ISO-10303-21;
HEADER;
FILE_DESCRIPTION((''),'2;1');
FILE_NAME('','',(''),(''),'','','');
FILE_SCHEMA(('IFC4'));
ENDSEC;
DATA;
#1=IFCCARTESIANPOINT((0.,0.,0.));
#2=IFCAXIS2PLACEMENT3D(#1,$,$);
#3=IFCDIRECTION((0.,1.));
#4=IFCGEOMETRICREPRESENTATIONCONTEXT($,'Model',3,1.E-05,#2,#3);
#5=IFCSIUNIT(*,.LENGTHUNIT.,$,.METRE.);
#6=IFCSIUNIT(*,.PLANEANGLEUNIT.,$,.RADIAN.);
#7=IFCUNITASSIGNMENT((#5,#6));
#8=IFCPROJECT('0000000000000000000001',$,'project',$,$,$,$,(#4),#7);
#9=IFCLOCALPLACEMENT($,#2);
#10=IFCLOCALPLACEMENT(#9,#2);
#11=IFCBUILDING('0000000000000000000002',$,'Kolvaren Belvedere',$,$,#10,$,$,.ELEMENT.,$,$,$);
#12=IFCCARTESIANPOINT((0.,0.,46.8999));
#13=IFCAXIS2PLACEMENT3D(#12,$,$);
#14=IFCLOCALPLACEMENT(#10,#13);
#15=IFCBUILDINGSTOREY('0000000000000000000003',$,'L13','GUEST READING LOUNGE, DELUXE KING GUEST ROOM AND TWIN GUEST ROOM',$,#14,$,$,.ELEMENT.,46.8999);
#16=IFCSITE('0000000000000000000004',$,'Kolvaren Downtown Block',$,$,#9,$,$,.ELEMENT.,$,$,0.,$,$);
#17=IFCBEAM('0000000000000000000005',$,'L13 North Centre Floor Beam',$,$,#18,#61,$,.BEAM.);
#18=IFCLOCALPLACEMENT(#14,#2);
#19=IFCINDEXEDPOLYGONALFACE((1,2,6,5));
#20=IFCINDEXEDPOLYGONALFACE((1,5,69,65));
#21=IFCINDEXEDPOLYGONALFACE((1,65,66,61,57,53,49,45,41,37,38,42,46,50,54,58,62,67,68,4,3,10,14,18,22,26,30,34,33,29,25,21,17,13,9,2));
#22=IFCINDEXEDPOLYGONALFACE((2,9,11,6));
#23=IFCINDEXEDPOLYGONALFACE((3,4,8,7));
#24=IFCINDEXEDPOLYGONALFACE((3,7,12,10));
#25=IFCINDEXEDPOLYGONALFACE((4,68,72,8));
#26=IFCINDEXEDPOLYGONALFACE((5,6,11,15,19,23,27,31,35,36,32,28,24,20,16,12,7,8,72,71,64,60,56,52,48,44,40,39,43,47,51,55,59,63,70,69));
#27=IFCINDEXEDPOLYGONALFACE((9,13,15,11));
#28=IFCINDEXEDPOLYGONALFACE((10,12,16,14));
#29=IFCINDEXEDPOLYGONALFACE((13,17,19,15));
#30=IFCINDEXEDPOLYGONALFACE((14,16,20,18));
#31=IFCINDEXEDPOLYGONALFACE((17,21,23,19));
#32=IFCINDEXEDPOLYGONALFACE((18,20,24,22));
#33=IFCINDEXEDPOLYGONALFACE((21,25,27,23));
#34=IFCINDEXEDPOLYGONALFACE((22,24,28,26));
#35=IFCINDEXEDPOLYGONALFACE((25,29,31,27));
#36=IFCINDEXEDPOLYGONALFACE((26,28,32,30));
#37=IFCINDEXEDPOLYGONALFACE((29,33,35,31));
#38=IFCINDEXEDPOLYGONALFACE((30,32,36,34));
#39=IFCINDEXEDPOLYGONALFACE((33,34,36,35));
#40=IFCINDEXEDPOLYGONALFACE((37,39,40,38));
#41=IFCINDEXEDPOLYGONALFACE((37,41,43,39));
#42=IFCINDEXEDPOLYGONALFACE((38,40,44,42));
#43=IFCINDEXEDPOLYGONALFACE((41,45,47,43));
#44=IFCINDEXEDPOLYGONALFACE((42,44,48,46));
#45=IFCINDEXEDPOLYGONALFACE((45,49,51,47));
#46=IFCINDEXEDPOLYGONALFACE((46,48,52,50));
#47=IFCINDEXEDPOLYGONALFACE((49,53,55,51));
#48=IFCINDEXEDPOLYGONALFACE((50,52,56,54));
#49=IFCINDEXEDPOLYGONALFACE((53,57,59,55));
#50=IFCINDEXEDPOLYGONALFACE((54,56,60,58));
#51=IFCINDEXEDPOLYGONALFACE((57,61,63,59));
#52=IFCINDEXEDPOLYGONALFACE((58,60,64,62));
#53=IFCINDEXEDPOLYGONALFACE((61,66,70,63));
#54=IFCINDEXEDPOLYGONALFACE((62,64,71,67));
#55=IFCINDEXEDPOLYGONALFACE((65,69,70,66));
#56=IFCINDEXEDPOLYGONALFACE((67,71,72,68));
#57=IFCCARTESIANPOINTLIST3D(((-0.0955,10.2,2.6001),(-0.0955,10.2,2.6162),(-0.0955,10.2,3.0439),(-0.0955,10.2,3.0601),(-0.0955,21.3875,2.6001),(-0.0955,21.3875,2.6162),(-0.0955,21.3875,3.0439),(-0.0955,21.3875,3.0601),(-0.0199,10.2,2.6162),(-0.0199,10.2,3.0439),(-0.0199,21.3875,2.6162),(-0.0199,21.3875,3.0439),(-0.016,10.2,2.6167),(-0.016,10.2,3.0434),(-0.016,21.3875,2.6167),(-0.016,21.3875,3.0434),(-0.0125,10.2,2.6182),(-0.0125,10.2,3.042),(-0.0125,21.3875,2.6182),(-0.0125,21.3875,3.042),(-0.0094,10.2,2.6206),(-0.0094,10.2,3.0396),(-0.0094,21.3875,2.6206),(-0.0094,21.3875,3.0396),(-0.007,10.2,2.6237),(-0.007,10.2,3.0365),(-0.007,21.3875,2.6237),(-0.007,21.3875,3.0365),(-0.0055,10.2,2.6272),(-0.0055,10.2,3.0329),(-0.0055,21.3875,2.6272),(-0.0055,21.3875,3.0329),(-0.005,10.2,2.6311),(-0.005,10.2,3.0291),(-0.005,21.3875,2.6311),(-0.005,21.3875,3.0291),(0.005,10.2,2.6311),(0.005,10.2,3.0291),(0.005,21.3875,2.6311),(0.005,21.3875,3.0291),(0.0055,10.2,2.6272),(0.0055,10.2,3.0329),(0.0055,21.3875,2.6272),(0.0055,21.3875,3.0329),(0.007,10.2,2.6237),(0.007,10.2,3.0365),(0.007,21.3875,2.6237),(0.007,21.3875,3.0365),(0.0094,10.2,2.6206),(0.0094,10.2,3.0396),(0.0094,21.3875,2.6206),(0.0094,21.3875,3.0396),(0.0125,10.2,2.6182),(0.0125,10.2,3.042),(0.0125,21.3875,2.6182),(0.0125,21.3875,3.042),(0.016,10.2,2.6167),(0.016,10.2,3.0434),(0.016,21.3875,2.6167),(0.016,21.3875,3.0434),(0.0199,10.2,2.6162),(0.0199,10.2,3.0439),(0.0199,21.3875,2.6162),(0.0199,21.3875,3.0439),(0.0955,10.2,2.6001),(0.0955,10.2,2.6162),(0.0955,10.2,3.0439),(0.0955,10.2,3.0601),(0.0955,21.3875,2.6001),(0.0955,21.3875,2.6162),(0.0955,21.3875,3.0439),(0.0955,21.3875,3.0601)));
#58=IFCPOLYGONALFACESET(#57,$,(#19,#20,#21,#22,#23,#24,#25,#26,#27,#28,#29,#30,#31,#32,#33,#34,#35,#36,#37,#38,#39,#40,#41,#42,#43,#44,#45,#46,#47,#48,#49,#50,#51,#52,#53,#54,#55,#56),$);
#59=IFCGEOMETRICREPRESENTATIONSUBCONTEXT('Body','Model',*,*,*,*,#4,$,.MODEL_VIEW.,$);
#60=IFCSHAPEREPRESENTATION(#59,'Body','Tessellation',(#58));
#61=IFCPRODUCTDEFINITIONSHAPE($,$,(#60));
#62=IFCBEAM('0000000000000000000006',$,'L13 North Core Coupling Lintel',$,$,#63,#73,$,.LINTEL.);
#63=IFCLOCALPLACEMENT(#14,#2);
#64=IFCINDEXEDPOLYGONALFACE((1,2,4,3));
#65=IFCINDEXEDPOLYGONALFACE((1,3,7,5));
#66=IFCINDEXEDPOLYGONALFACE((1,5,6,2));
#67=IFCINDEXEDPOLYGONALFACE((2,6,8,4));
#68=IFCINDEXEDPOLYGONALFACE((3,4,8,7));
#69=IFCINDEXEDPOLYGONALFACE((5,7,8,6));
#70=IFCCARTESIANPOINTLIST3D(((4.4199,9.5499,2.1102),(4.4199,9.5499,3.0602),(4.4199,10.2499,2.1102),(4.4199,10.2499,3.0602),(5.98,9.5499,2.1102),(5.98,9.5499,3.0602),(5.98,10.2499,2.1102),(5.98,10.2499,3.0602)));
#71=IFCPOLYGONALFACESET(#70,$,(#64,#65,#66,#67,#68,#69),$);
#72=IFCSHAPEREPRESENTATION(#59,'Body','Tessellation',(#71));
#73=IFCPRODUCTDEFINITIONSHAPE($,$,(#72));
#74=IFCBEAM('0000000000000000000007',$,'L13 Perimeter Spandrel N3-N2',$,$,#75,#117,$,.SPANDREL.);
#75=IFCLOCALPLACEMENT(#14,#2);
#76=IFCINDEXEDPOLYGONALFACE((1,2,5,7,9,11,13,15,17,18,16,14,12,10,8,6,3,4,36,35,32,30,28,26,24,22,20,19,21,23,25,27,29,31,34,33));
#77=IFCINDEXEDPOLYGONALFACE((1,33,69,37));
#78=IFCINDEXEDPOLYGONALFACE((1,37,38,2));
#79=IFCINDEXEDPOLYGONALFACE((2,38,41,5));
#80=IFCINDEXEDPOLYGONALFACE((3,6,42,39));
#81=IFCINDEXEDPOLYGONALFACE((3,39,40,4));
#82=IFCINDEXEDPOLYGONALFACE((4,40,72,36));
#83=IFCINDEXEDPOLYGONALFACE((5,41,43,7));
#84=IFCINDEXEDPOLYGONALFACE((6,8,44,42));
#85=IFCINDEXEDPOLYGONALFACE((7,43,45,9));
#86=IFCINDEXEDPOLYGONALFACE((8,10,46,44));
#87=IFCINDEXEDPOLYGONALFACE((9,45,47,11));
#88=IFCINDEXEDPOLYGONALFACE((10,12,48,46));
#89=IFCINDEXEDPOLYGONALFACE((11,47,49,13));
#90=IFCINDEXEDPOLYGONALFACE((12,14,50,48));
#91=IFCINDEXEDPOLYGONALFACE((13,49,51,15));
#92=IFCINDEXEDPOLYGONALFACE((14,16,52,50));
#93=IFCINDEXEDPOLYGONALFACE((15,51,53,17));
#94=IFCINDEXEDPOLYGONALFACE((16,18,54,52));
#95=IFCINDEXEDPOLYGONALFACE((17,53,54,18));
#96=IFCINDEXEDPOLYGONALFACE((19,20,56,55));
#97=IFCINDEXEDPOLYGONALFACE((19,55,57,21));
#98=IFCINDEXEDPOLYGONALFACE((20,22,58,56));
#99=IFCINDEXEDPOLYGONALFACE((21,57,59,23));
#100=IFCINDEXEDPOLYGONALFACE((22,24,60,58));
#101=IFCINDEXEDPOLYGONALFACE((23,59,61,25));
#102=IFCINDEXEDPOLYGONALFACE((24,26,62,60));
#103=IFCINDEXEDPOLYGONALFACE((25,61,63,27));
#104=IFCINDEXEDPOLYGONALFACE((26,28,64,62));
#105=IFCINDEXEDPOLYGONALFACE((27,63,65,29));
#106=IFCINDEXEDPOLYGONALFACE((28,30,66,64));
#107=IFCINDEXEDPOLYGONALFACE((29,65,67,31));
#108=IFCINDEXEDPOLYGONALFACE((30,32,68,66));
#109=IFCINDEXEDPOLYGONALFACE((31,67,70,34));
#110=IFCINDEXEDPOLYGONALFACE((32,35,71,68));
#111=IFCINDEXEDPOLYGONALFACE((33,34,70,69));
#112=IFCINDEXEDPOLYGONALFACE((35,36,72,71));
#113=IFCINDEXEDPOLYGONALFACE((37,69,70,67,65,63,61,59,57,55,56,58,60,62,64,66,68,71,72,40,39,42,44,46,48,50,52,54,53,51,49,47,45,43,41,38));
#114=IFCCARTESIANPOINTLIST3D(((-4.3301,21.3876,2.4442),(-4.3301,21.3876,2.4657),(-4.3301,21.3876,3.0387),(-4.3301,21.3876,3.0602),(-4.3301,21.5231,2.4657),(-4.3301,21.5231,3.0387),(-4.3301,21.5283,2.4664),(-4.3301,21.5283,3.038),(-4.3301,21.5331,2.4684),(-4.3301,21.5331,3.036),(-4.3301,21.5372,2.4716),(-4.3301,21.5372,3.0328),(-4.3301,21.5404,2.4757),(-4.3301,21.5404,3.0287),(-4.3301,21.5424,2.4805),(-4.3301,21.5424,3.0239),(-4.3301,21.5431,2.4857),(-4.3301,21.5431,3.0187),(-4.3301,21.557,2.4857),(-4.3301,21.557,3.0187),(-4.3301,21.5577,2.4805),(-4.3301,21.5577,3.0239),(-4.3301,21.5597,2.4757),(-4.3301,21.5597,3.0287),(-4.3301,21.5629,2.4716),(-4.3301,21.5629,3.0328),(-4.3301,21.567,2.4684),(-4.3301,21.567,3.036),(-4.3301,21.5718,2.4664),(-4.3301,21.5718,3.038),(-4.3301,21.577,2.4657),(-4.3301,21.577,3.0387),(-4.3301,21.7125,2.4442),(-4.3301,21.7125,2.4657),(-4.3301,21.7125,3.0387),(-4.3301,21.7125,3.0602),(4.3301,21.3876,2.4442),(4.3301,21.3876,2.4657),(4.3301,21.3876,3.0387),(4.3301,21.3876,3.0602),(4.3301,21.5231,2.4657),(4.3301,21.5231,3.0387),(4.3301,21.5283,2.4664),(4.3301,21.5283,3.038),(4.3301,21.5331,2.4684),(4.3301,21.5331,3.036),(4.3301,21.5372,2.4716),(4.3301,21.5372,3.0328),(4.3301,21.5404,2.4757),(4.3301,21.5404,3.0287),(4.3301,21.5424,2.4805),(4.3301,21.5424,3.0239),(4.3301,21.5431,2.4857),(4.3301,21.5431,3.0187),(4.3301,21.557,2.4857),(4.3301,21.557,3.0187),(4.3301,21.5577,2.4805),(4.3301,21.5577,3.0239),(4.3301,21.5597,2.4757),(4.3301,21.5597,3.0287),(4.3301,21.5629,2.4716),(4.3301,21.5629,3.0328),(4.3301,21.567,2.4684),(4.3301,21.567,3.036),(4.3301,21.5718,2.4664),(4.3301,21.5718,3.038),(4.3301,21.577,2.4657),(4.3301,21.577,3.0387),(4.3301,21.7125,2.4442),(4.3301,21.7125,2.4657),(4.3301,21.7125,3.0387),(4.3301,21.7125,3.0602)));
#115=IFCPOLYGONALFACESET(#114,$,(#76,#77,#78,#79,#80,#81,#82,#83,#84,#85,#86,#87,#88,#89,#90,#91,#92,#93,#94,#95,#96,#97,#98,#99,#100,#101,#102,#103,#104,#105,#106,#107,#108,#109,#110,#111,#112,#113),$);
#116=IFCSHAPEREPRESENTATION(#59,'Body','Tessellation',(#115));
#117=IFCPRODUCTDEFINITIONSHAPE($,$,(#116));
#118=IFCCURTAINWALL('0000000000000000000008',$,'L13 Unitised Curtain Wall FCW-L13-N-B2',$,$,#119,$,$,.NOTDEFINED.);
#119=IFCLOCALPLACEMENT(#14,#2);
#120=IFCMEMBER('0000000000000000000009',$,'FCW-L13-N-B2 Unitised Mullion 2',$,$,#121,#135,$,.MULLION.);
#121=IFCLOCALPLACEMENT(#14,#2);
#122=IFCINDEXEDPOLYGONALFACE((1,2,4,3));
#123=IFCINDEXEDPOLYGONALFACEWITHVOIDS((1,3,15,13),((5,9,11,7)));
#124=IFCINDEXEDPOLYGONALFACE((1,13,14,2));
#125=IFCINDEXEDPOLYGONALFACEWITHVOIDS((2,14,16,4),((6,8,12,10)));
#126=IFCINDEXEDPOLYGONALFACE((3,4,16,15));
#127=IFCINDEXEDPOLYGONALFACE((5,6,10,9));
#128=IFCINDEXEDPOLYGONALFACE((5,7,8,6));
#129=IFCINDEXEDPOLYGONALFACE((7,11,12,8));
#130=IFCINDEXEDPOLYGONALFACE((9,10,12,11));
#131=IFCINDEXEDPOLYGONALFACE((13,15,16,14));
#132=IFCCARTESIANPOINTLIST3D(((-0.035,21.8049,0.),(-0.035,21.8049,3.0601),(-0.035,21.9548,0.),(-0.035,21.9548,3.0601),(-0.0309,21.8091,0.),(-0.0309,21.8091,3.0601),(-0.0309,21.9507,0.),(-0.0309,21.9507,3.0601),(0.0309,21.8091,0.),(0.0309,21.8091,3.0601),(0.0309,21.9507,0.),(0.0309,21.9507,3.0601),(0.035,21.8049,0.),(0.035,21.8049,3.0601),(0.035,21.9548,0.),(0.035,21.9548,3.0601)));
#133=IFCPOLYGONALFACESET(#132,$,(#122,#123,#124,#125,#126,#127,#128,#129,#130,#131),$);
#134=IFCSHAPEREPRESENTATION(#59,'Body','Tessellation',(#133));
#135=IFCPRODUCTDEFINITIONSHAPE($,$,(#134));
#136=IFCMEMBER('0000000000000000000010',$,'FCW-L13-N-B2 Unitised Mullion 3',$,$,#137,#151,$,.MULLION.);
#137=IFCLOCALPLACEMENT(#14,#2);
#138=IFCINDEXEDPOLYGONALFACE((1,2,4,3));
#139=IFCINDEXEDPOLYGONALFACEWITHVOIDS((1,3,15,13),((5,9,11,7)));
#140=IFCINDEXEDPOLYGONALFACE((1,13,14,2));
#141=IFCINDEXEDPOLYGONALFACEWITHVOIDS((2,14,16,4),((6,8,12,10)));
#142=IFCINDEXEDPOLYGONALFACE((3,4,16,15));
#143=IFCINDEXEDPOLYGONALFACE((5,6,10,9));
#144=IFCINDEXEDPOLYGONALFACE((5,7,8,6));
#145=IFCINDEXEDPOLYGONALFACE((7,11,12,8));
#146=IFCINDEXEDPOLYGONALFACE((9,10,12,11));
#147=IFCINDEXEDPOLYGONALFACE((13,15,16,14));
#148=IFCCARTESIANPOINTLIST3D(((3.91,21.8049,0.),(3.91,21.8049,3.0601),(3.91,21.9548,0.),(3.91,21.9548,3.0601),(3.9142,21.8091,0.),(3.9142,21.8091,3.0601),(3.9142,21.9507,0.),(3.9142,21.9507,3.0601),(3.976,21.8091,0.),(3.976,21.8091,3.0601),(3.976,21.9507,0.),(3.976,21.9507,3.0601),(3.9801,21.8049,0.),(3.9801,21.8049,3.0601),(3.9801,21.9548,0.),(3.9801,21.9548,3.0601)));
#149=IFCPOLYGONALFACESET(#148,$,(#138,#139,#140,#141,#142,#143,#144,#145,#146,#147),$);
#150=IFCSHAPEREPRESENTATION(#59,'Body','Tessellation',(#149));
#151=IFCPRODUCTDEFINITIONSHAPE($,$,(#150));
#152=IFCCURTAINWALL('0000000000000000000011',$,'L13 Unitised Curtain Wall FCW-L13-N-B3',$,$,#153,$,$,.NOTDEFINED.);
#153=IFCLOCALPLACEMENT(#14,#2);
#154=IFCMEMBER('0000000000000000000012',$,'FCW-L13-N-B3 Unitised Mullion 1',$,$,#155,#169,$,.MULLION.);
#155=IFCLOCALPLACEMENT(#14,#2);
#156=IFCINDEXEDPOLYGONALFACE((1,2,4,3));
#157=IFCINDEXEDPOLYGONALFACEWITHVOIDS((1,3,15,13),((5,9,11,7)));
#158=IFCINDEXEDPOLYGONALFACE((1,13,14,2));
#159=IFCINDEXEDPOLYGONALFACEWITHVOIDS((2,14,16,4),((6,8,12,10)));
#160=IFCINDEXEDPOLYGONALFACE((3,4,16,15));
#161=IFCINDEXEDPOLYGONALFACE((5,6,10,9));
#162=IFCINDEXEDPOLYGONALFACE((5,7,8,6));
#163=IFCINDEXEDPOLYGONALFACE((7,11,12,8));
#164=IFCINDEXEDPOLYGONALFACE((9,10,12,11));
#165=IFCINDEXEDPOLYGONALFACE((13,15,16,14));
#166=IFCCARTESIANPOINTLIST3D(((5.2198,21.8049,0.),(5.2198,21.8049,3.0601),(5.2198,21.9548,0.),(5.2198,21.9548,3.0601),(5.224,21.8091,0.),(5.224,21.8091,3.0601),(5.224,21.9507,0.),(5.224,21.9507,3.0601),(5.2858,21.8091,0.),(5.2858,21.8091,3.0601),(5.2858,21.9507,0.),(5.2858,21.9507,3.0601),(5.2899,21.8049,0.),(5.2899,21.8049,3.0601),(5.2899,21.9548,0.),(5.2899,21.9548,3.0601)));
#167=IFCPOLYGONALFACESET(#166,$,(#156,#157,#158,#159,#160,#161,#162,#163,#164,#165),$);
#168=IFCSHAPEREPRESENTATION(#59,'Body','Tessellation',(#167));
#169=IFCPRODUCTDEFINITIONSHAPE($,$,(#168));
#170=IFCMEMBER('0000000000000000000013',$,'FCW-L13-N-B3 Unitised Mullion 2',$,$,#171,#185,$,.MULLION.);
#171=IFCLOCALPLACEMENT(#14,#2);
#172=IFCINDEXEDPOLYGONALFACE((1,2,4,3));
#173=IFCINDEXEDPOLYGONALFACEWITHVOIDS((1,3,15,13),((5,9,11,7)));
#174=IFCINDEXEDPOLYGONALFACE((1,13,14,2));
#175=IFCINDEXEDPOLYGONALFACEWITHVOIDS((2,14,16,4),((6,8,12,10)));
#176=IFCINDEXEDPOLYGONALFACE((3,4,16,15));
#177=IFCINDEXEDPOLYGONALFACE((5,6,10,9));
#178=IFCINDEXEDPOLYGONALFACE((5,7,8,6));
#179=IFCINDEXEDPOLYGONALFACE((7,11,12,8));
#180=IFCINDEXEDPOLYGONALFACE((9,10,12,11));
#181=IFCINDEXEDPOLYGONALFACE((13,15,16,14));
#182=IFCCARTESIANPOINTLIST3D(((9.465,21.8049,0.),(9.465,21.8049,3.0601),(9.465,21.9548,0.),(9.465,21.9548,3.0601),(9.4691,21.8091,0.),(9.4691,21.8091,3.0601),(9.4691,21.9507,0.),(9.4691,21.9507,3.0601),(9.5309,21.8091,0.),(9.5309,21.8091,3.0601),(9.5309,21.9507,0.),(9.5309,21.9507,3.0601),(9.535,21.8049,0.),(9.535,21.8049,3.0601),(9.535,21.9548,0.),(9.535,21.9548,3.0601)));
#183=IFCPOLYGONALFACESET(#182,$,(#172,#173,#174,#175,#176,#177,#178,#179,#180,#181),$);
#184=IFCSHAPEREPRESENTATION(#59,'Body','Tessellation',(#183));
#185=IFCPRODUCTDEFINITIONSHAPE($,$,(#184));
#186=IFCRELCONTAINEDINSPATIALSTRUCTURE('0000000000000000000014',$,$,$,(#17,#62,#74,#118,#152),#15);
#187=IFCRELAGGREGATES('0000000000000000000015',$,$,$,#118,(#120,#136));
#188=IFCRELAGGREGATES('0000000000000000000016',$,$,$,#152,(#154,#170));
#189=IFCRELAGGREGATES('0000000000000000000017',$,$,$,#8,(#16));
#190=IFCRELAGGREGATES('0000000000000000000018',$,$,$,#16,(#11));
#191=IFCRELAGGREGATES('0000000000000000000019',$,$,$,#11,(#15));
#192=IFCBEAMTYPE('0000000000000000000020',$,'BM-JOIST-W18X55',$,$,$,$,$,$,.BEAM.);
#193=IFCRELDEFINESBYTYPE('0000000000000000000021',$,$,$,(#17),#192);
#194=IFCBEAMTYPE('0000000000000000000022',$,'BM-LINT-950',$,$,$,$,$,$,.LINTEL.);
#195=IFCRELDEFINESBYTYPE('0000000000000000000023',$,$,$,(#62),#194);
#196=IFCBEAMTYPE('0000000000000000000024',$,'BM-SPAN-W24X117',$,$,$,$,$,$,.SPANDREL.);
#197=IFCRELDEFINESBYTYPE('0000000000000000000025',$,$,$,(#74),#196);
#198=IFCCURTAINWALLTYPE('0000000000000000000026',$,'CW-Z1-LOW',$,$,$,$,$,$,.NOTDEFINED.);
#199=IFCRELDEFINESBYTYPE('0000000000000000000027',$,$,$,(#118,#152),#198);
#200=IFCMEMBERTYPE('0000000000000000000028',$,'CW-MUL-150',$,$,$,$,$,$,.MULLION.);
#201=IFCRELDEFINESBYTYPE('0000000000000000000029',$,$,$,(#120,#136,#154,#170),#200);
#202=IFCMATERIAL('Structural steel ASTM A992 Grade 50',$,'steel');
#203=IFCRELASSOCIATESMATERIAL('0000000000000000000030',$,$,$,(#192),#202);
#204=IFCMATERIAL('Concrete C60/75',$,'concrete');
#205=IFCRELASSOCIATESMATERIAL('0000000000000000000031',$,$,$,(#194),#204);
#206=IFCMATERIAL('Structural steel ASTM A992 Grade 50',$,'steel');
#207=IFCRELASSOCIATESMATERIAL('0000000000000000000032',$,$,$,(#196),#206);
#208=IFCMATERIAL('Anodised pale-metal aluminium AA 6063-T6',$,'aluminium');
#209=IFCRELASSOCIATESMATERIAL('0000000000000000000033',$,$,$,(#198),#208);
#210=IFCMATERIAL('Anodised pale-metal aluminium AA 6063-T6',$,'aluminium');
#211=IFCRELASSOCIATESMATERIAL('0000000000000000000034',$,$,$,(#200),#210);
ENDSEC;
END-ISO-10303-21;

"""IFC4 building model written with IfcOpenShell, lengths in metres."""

from ifc_helpers import new_model, si_unit, direction, frame, origin, origin_2d, place, context, subcontext, project, spatial, rectangle, hollow_rectangle, i_section, extrude, material, material_profile, profile_set, type_object, element, aggregate, save


model = new_model("IFC4")

# Units and contexts
model_context = context("Model", 3, precision=1e-05, world=origin(), true_north=direction((0.0, 1.0)))
body_context = subcontext(model_context, "Body", "Model", "MODEL_VIEW")
ifc_project = project(units=[si_unit("LENGTHUNIT", "METRE"), si_unit("PLANEANGLEUNIT", "RADIAN")], contexts=[model_context])

# Site, building, storey
site_placement = place(None, origin())
site = spatial("IfcSite", under=ifc_project, at=site_placement, Name="Kolvaren Downtown Block", CompositionType="ELEMENT", RefElevation=0.0)
building_placement = place(site_placement, origin())
building = spatial("IfcBuilding", under=site, at=building_placement, Name="Kolvaren Belvedere", CompositionType="ELEMENT")
storey_placement = place(building_placement, frame((0.0, 0.0, 46.8999)))
storey = spatial("IfcBuildingStorey", under=building, at=storey_placement, Name="L13", Description="GUEST READING LOUNGE, DELUXE KING GUEST ROOM AND TWIN GUEST ROOM", CompositionType="ELEMENT", Elevation=46.8999)

# Beams
ifc_material_1 = material(Name="Structural steel ASTM A992 Grade 50", Category="steel")
ifc_material_profile_1 = material_profile(ifc_material_1, i_section(OverallWidth=0.1909, OverallDepth=0.46, WebThickness=0.01, FlangeThickness=0.0161, FilletRadius=0.0149, at=origin_2d()), Name="W18X55")
ifc_profile_set_1 = profile_set([ifc_material_profile_1], Name="Structural steel ASTM A992 Grade 50")
beam_type_1 = type_object("IfcBeamType", Name="BM-JOIST-W18X55", PredefinedType="BEAM", material=ifc_profile_set_1)
beam_1_placement = place(storey_placement, frame((0.0, 10.2, 2.8301), z_axis=(0.0, 1.0, 0.0), x_axis=(-1.0, 0.0, 0.0)))
element("IfcBeam", 1, at=beam_1_placement, inside=storey, type_object=beam_type_1, Name="L13 North Centre Floor Beam", PredefinedType="BEAM", context=body_context, shape_type="SweptSolid", body=[
    extrude(i_section(OverallWidth=0.1909, OverallDepth=0.46, WebThickness=0.01, FlangeThickness=0.0161, FilletRadius=0.0149, at=origin_2d()), origin(), (0.0, 0.0, 1.0), 11.1875),
])
ifc_material_2 = material(Name="Concrete C60/75", Category="concrete")
ifc_material_profile_2 = material_profile(ifc_material_2, rectangle(XDim=0.7, YDim=0.95, at=origin_2d()), Name="RC 700X950")
ifc_profile_set_2 = profile_set([ifc_material_profile_2], Name="Concrete C60/75")
beam_type_2 = type_object("IfcBeamType", Name="BM-LINT-950", PredefinedType="LINTEL", material=ifc_profile_set_2)
beam_2_placement = place(storey_placement, frame((4.4199, 9.8999, 2.5852), z_axis=(1.0, 0.0, 0.0), x_axis=(0.0, 1.0, 0.0)))
element("IfcBeam", 2, at=beam_2_placement, inside=storey, type_object=beam_type_2, Name="L13 North Core Coupling Lintel", PredefinedType="LINTEL", context=body_context, shape_type="SweptSolid", body=[
    extrude(rectangle(XDim=0.7, YDim=0.95, at=origin_2d()), origin(), (0.0, 0.0, 1.0), 1.5601),
])
ifc_material_3 = material(Name="Structural steel ASTM A992 Grade 50", Category="steel")
ifc_material_profile_3 = material_profile(ifc_material_3, i_section(OverallWidth=0.325, OverallDepth=0.616, WebThickness=0.0139, FlangeThickness=0.0215, FilletRadius=0.02, at=origin_2d()), Name="W24X117")
ifc_profile_set_3 = profile_set([ifc_material_profile_3], Name="Structural steel ASTM A992 Grade 50")
beam_type_3 = type_object("IfcBeamType", Name="BM-SPAN-W24X117", PredefinedType="SPANDREL", material=ifc_profile_set_3)
beam_3_placement = place(storey_placement, frame((4.3301, 21.55, 2.7522), z_axis=(-1.0, 0.0, 0.0), x_axis=(0.0, -1.0, 0.0)))
element("IfcBeam", 3, at=beam_3_placement, inside=storey, type_object=beam_type_3, Name="L13 Perimeter Spandrel N3-N2", PredefinedType="SPANDREL", context=body_context, shape_type="SweptSolid", body=[
    extrude(i_section(OverallWidth=0.325, OverallDepth=0.616, WebThickness=0.0139, FlangeThickness=0.0215, FilletRadius=0.02, at=origin_2d()), origin(), (0.0, 0.0, 1.0), 8.6602),
])

# Curtain walls, members
ifc_material_4 = material(Name="Anodised pale-metal aluminium AA 6063-T6", Category="aluminium")
curtain_wall_type = type_object("IfcCurtainWallType", Name="CW-Z1-LOW", PredefinedType="NOTDEFINED", material=ifc_material_4)
curtain_wall_1_placement = place(storey_placement, origin())
curtain_wall_1 = element("IfcCurtainWall", 4, at=curtain_wall_1_placement, inside=storey, type_object=curtain_wall_type, Name="L13 Unitised Curtain Wall FCW-L13-N-B2", PredefinedType="NOTDEFINED")
ifc_material_5 = material(Name="Anodised pale-metal aluminium AA 6063-T6", Category="aluminium")
ifc_material_profile_4 = material_profile(ifc_material_5, hollow_rectangle(XDim=0.0701, YDim=0.1499, WallThickness=0.0042, at=origin_2d()), Name="ALU-MUL-150X70")
ifc_profile_set_4 = profile_set([ifc_material_profile_4], Name="Anodised pale-metal aluminium AA 6063-T6")
member_type_1 = type_object("IfcMemberType", Name="CW-MUL-150", PredefinedType="MULLION", material=ifc_profile_set_4)
member_1_placement = place(storey_placement, frame((0.0, 21.8799, 0.0), z_axis=(0.0, 0.0, 1.0), x_axis=(1.0, 0.0, 0.0)))
member_1 = element("IfcMember", 5, at=member_1_placement, type_object=member_type_1, Name="FCW-L13-N-B2 Unitised Mullion 2", PredefinedType="MULLION", context=body_context, shape_type="SweptSolid", body=[
    extrude(hollow_rectangle(XDim=0.0701, YDim=0.1499, WallThickness=0.0042, at=origin_2d()), origin(), (0.0, 0.0, 1.0), 3.0601),
])
member_2_placement = place(storey_placement, frame((3.9451, 21.8799, 0.0), z_axis=(0.0, 0.0, 1.0), x_axis=(1.0, 0.0, 0.0)))
member_2 = element("IfcMember", 6, at=member_2_placement, type_object=member_type_1, Name="FCW-L13-N-B2 Unitised Mullion 3", PredefinedType="MULLION", context=body_context, shape_type="SweptSolid", body=[
    extrude(hollow_rectangle(XDim=0.0701, YDim=0.1499, WallThickness=0.0042, at=origin_2d()), origin(), (0.0, 0.0, 1.0), 3.0601),
])
curtain_wall_2_placement = place(storey_placement, origin())
curtain_wall_2 = element("IfcCurtainWall", 7, at=curtain_wall_2_placement, inside=storey, type_object=curtain_wall_type, Name="L13 Unitised Curtain Wall FCW-L13-N-B3", PredefinedType="NOTDEFINED")
member_3_placement = place(storey_placement, frame((5.2549, 21.8799, 0.0), z_axis=(0.0, 0.0, 1.0), x_axis=(1.0, 0.0, 0.0)))
member_3 = element("IfcMember", 8, at=member_3_placement, type_object=member_type_1, Name="FCW-L13-N-B3 Unitised Mullion 1", PredefinedType="MULLION", context=body_context, shape_type="SweptSolid", body=[
    extrude(hollow_rectangle(XDim=0.0701, YDim=0.1499, WallThickness=0.0042, at=origin_2d()), origin(), (0.0, 0.0, 1.0), 3.0601),
])
member_4_placement = place(storey_placement, frame((9.5, 21.8799, 0.0), z_axis=(0.0, 0.0, 1.0), x_axis=(1.0, 0.0, 0.0)))
member_4 = element("IfcMember", 9, at=member_4_placement, type_object=member_type_1, Name="FCW-L13-N-B3 Unitised Mullion 2", PredefinedType="MULLION", context=body_context, shape_type="SweptSolid", body=[
    extrude(hollow_rectangle(XDim=0.0701, YDim=0.1499, WallThickness=0.0042, at=origin_2d()), origin(), (0.0, 0.0, 1.0), 3.0601),
])

aggregate(curtain_wall_1, [member_1, member_2])
aggregate(curtain_wall_2, [member_3, member_4])

save(model, "model.ifc")
